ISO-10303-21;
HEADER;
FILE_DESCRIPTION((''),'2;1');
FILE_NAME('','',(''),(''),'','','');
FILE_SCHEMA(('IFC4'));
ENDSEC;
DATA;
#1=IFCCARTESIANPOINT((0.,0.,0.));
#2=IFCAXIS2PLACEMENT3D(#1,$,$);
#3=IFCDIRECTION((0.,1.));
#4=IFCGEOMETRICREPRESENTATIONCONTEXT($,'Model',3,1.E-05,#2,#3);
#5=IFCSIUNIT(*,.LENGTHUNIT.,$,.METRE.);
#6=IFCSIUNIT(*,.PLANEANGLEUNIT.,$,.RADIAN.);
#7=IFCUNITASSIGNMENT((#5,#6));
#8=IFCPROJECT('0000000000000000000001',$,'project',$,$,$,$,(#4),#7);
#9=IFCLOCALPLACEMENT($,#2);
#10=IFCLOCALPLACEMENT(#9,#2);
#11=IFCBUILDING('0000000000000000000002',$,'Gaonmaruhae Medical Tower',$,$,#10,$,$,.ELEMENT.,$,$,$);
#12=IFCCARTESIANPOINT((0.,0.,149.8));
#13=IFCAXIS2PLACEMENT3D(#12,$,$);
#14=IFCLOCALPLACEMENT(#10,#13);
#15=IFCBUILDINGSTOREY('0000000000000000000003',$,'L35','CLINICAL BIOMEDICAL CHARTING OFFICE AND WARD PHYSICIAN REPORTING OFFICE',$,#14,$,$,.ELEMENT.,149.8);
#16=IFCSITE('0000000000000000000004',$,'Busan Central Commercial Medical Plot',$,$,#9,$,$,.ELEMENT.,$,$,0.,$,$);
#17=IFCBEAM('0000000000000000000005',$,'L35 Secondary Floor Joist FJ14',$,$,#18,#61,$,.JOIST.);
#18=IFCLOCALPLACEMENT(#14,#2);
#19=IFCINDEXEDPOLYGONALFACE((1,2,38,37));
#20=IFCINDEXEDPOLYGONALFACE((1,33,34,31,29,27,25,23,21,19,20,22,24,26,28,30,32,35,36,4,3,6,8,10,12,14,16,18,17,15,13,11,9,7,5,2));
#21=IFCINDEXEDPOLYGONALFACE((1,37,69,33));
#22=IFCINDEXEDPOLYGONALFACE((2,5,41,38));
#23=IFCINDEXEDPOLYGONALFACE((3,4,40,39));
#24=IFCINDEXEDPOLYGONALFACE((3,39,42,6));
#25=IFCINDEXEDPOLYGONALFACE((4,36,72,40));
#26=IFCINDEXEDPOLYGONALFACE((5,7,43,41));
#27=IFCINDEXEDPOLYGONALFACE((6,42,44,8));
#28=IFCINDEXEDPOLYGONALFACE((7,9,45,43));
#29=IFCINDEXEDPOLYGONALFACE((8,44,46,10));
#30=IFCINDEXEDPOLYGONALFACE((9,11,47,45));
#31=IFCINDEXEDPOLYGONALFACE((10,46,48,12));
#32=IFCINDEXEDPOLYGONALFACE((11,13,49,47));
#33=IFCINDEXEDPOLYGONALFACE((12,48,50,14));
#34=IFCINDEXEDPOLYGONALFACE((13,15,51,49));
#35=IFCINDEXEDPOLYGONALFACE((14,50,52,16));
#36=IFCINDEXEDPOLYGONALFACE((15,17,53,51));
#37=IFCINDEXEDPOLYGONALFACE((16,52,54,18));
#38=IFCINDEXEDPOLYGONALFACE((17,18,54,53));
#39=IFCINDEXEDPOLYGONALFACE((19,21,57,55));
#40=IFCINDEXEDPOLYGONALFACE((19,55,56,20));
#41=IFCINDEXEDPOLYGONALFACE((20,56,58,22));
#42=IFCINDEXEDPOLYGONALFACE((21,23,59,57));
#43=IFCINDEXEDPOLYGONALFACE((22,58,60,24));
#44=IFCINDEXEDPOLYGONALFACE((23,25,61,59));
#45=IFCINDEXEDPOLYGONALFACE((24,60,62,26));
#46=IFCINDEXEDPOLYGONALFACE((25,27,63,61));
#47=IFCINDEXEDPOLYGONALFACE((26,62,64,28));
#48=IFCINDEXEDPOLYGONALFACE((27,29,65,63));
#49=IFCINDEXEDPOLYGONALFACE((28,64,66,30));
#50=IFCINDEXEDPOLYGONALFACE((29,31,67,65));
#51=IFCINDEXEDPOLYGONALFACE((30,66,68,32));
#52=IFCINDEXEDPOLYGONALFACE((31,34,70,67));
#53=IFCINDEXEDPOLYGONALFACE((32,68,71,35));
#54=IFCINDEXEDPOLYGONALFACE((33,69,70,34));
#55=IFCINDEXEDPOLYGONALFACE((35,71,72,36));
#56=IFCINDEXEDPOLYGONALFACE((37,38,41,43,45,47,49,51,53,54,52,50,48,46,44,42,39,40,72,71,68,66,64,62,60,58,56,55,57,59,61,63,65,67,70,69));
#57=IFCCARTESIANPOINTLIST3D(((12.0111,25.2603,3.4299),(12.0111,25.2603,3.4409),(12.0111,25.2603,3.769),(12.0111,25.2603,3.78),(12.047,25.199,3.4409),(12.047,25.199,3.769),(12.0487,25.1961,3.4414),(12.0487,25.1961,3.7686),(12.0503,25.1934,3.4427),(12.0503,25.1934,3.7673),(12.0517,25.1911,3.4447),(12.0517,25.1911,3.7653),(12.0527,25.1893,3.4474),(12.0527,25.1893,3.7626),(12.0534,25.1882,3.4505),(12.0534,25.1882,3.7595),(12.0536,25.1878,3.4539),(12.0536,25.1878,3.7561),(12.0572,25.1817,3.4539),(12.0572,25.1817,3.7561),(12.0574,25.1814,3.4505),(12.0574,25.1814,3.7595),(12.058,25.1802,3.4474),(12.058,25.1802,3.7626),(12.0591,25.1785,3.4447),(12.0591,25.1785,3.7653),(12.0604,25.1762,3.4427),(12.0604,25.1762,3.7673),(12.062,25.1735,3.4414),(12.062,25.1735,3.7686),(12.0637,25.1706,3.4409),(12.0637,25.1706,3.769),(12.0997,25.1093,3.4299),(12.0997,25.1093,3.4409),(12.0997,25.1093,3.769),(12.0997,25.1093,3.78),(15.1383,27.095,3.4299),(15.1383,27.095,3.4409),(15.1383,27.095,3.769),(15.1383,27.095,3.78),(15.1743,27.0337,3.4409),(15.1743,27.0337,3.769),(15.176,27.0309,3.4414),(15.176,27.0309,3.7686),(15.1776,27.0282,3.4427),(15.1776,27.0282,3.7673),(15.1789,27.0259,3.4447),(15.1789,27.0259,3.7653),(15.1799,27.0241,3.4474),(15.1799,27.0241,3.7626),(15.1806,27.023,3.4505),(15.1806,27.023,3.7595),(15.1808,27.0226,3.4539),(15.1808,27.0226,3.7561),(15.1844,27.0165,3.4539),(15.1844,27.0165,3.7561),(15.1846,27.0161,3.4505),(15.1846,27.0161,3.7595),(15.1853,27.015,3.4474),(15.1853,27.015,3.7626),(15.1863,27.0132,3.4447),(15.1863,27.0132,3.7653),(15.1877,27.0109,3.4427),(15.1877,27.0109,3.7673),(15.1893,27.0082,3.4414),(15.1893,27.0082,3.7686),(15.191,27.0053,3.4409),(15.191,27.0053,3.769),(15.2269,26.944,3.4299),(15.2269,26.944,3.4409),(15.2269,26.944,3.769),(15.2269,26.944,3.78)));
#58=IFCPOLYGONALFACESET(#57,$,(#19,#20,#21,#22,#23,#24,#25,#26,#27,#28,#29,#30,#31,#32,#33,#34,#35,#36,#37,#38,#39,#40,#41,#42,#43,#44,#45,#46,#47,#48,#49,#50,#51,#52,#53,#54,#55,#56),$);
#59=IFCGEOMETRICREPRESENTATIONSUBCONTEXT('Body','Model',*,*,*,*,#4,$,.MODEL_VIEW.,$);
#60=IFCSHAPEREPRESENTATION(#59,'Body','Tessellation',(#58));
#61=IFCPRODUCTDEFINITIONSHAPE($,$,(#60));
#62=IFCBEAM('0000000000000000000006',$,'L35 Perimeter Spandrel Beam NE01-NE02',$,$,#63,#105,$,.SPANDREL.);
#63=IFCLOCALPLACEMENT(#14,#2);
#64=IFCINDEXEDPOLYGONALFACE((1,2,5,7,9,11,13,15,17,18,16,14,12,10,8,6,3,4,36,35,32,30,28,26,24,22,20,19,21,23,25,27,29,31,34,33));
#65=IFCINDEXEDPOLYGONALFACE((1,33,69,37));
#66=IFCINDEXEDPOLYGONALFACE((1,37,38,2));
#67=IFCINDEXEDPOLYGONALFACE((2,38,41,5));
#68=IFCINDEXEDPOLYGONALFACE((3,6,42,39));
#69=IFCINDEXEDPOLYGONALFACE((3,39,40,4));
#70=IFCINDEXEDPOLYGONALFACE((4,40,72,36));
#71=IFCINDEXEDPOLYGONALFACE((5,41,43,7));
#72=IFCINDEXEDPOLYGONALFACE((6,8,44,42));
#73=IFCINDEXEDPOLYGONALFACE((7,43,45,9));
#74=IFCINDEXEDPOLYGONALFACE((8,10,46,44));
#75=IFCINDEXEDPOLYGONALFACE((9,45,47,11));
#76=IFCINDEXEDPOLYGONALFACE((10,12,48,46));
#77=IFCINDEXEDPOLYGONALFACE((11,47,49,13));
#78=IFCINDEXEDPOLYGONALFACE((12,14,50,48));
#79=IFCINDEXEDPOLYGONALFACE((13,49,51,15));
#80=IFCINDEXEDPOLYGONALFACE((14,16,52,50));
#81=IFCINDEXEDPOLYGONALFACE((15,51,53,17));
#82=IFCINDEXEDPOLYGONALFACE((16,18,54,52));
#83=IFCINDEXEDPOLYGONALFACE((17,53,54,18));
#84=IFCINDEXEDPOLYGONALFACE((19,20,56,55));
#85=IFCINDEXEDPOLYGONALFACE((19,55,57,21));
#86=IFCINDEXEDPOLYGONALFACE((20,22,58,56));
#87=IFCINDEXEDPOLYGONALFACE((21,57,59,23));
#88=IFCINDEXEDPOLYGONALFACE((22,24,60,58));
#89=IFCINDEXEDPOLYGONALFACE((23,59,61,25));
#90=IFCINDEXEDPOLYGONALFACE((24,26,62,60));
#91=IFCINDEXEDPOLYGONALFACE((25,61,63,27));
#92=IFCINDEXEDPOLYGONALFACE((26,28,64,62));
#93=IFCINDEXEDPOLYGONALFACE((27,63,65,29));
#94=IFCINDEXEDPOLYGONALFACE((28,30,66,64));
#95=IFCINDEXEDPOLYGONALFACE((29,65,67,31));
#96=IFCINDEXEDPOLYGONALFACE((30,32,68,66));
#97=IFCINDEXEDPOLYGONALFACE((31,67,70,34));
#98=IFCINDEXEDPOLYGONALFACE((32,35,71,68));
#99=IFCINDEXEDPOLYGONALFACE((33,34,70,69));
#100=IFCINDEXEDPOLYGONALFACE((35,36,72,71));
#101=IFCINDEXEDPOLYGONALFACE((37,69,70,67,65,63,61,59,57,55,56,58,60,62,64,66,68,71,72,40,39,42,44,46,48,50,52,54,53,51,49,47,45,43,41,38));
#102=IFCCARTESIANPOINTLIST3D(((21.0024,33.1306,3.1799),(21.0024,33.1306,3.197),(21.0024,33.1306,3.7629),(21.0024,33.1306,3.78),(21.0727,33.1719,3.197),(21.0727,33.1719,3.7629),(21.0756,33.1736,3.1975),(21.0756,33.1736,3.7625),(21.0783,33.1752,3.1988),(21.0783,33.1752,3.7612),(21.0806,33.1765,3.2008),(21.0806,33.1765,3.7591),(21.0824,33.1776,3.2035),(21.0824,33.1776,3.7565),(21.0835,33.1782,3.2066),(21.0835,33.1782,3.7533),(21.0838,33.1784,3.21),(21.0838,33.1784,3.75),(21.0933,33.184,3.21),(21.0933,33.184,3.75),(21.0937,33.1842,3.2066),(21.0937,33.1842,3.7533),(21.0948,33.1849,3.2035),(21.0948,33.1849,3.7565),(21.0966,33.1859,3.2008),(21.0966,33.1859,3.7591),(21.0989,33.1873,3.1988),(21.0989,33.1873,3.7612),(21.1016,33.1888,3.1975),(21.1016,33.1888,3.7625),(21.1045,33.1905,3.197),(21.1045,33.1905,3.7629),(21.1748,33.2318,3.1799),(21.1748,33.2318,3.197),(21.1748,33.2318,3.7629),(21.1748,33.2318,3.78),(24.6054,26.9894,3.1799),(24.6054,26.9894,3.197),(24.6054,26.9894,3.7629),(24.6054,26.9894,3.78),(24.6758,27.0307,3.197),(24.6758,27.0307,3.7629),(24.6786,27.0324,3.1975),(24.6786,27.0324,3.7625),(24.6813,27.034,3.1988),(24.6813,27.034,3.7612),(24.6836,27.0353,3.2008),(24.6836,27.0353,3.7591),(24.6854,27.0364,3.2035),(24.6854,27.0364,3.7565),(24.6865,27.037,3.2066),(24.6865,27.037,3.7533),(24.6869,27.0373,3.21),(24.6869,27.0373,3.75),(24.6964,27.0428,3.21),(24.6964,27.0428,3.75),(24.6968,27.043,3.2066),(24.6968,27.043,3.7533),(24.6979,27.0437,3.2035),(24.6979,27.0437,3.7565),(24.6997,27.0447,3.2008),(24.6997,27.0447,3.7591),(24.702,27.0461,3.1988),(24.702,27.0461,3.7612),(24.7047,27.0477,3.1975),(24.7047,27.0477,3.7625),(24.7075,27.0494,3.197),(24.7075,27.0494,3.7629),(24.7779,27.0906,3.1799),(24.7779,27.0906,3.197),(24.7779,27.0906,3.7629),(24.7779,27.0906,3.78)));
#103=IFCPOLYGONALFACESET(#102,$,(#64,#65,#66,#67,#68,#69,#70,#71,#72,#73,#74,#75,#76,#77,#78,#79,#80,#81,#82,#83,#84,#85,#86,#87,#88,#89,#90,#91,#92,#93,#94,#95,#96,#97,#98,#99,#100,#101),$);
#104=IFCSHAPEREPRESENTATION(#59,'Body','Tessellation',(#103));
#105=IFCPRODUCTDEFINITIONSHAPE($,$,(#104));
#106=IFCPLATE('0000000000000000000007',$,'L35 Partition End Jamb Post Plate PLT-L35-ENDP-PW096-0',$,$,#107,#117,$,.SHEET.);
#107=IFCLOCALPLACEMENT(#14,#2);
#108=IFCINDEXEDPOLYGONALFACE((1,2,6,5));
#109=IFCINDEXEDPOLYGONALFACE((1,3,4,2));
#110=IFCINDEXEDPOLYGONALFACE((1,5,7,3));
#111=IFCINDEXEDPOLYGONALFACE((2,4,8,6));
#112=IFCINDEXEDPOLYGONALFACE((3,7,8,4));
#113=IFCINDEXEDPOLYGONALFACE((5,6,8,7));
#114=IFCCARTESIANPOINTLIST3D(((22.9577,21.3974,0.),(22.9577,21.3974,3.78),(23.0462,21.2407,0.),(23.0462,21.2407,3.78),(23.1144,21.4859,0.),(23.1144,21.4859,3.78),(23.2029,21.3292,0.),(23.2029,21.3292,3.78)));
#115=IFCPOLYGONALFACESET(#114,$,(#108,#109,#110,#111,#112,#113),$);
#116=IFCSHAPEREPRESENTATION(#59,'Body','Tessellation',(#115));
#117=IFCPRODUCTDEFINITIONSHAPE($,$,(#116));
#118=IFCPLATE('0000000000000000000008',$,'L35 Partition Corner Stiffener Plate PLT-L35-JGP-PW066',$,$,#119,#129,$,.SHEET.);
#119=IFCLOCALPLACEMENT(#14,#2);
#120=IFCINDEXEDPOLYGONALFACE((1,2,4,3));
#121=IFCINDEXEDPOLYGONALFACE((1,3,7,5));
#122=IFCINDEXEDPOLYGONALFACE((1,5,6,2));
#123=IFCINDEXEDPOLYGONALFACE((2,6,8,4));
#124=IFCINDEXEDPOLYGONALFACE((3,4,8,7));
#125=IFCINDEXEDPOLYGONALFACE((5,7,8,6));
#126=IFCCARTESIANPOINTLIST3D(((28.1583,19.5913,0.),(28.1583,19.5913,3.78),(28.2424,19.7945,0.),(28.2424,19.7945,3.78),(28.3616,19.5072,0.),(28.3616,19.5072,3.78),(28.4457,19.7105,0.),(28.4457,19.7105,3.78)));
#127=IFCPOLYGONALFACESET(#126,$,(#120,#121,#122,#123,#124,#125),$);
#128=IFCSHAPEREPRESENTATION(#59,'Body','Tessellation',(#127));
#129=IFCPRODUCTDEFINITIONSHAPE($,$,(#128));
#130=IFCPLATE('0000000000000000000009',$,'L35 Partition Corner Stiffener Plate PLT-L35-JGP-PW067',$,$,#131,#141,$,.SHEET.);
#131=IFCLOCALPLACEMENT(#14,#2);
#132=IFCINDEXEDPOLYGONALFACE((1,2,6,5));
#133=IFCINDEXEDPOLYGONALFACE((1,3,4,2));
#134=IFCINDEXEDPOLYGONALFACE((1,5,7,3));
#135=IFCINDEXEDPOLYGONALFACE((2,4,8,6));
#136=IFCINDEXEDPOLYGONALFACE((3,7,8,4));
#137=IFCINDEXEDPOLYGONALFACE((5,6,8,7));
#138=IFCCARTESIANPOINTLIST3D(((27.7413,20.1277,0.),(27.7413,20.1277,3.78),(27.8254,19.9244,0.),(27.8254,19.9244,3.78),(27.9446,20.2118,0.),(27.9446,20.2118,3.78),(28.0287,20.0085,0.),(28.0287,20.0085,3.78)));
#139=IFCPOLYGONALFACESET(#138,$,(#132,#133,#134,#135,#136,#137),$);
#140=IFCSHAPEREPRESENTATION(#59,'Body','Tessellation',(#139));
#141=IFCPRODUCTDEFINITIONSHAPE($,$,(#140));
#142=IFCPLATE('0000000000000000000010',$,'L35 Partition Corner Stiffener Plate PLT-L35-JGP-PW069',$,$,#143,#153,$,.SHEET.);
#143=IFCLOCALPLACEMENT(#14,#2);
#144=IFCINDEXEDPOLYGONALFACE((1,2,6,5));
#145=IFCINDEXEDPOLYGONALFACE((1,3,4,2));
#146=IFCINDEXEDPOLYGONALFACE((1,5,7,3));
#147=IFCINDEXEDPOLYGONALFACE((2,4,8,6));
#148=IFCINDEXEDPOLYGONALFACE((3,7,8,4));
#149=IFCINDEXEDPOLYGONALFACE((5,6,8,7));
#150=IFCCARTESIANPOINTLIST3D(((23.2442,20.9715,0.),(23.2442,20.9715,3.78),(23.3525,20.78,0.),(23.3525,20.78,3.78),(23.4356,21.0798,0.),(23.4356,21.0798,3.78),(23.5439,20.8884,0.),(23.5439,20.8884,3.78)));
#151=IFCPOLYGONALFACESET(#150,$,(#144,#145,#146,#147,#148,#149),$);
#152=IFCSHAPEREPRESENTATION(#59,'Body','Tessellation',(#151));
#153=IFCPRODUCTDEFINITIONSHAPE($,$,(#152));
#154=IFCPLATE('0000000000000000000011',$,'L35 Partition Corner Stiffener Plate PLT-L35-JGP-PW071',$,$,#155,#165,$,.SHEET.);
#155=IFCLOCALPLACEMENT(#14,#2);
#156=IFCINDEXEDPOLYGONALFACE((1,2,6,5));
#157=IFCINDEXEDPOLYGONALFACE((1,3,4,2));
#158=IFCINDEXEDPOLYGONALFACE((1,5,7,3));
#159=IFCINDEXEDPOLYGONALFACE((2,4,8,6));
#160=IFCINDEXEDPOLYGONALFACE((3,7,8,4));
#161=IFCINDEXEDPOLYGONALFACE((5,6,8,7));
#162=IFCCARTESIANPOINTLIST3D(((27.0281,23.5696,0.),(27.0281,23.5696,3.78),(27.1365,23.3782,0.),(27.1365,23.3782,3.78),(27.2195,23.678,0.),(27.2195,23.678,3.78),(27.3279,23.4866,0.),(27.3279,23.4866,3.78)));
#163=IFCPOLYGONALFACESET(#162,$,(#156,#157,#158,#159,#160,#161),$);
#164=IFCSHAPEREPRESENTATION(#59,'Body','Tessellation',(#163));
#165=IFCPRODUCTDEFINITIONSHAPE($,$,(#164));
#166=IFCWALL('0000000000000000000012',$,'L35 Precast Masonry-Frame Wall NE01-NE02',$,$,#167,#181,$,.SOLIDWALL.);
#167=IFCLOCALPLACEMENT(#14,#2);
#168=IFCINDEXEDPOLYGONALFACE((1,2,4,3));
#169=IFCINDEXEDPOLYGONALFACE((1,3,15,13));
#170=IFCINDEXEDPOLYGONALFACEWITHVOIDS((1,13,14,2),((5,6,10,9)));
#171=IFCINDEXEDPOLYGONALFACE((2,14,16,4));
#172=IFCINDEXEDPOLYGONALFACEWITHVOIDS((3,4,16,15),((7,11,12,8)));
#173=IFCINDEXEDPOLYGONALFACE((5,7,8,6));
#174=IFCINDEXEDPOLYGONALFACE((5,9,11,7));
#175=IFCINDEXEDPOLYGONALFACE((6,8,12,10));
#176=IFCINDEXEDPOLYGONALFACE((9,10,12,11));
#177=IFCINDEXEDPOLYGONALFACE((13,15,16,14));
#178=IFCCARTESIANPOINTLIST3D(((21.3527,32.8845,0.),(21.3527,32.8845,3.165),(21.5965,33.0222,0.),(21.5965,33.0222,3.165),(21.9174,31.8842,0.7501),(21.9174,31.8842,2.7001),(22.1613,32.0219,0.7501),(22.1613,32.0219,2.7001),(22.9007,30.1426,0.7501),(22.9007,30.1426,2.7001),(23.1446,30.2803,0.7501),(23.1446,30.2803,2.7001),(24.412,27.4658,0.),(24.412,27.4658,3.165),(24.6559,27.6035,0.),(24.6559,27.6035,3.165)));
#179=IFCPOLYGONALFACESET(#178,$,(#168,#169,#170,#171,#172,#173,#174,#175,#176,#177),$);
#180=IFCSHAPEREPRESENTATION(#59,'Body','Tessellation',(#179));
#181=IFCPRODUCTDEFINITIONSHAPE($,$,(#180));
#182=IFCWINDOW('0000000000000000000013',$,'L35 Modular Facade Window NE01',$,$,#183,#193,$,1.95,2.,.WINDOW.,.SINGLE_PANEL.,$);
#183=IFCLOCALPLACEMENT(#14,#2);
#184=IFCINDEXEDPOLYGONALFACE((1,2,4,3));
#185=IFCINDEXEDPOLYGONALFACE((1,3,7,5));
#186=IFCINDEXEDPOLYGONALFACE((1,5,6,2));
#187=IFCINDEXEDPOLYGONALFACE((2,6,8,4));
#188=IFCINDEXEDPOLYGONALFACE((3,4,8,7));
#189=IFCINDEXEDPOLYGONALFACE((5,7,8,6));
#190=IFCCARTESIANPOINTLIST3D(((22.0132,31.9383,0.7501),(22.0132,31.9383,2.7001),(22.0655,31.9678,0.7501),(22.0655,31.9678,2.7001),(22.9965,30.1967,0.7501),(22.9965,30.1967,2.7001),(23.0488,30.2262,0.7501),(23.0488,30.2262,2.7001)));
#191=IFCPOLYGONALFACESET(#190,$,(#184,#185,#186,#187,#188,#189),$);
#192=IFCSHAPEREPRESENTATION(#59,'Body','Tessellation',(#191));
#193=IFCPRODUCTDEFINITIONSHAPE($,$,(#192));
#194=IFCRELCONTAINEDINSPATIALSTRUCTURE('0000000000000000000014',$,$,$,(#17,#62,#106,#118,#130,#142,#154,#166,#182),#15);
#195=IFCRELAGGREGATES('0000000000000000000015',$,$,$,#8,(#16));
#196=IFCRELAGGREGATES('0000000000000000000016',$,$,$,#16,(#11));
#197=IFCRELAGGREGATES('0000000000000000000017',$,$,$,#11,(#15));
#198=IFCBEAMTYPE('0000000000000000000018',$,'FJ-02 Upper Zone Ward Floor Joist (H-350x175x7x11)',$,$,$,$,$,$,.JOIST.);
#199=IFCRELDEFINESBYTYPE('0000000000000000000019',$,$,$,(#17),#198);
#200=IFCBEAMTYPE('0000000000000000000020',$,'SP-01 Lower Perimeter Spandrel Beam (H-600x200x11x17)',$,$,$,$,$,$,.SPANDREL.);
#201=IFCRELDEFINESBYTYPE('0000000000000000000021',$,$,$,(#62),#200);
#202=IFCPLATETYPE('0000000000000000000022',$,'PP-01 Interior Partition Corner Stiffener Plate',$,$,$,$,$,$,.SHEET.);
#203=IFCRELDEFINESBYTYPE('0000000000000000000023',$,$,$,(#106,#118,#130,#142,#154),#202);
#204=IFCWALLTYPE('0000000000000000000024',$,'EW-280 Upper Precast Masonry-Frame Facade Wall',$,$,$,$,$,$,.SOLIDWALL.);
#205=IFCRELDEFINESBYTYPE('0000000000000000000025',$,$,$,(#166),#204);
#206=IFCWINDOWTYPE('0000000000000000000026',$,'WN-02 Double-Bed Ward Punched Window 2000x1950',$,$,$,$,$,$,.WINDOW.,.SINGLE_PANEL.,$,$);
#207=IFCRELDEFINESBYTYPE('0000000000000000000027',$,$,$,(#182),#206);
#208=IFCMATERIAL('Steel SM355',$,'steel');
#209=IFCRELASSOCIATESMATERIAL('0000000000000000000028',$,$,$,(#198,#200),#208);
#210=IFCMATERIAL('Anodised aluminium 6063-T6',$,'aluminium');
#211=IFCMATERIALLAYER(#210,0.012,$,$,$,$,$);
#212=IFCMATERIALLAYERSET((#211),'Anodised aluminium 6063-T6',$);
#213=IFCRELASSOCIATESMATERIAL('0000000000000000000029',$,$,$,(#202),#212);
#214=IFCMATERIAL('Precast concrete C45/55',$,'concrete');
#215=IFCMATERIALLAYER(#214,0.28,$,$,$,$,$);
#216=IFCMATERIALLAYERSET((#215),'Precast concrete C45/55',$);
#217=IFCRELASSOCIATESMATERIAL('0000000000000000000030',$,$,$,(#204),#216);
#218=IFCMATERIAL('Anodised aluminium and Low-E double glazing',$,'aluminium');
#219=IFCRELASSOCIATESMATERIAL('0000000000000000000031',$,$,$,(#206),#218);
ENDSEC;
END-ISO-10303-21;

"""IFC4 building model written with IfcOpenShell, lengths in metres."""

from ifc_helpers import new_model, si_unit, direction, frame, frame_2d, origin, origin_2d, place, context, subcontext, project, spatial, rectangle, i_section, extrude, material, layer, layer_set, material_profile, profile_set, type_object, element, fill, save


model = new_model("IFC4")

# Units and contexts
model_context = context("Model", 3, precision=1e-05, world=origin(), true_north=direction((0.0, 1.0)))
body_context = subcontext(model_context, "Body", "Model", "MODEL_VIEW")
ifc_project = project(units=[si_unit("LENGTHUNIT", "METRE"), si_unit("PLANEANGLEUNIT", "RADIAN")], contexts=[model_context])

# Site, building, storey
site_placement = place(None, origin())
site = spatial("IfcSite", under=ifc_project, at=site_placement, Name="Busan Central Commercial Medical Plot", CompositionType="ELEMENT", RefElevation=0.0)
building_placement = place(site_placement, origin())
building = spatial("IfcBuilding", under=site, at=building_placement, Name="Gaonmaruhae Medical Tower", CompositionType="ELEMENT")
storey_placement = place(building_placement, frame((0.0, 0.0, 149.8)))
storey = spatial("IfcBuildingStorey", under=building, at=storey_placement, Name="L35", Description="CLINICAL BIOMEDICAL CHARTING OFFICE AND WARD PHYSICIAN REPORTING OFFICE", CompositionType="ELEMENT", Elevation=149.8)

# Beams
ifc_material_1 = material(Name="Steel SM355", Category="steel")
ifc_material_profile_1 = material_profile(ifc_material_1, i_section(OverallWidth=0.175, OverallDepth=0.3501, WebThickness=0.0071, FlangeThickness=0.011, FilletRadius=0.0129, at=origin_2d()), Name="H-350x175x7x11")
ifc_profile_set_1 = profile_set([ifc_material_profile_1], Name="Steel SM355")
beam_type_1 = type_object("IfcBeamType", Name="FJ-02 Upper Zone Ward Floor Joist (H-350x175x7x11)", PredefinedType="JOIST", material=ifc_profile_set_1)
beam_1_placement = place(storey_placement, frame((15.1826, 27.0195, 3.605), z_axis=(-0.862514, -0.506034, 0.0), x_axis=(0.506034, -0.862514, 0.0)))
element("IfcBeam", 1, at=beam_1_placement, inside=storey, type_object=beam_type_1, Name="L35 Secondary Floor Joist FJ14", PredefinedType="JOIST", context=body_context, shape_type="SweptSolid", body=[
    extrude(i_section(OverallWidth=0.175, OverallDepth=0.3501, WebThickness=0.0071, FlangeThickness=0.011, FilletRadius=0.0129, at=origin_2d()), origin(), (0.0, 0.0, 1.0), 3.6257),
])
ifc_material_profile_2 = material_profile(ifc_material_1, i_section(OverallWidth=0.2, OverallDepth=0.6001, WebThickness=0.011, FlangeThickness=0.0171, FilletRadius=0.0129, at=origin_2d()), Name="H-600x200x11x17")
ifc_profile_set_2 = profile_set([ifc_material_profile_2], Name="Steel SM355")
beam_type_2 = type_object("IfcBeamType", Name="SP-01 Lower Perimeter Spandrel Beam (H-600x200x11x17)", PredefinedType="SPANDREL", material=ifc_profile_set_2)
beam_2_placement = place(storey_placement, frame((24.6917, 27.04, 3.48), z_axis=(-0.50604, 0.86251, 0.0), x_axis=(-0.86251, -0.50604, 0.0)))
element("IfcBeam", 2, at=beam_2_placement, inside=storey, type_object=beam_type_2, Name="L35 Perimeter Spandrel Beam NE01-NE02", PredefinedType="SPANDREL", context=body_context, shape_type="SweptSolid", body=[
    extrude(i_section(OverallWidth=0.2, OverallDepth=0.6001, WebThickness=0.011, FlangeThickness=0.0171, FilletRadius=0.0129, at=origin_2d()), origin(), (0.0, 0.0, 1.0), 7.1201),
])

# Plates
ifc_material_2 = material(Name="Anodised aluminium 6063-T6", Category="aluminium")
ifc_layer_1 = layer(ifc_material_2, 0.012)
ifc_layer_set_1 = layer_set([ifc_layer_1], Name="Anodised aluminium 6063-T6")
plate_type = type_object("IfcPlateType", Name="PP-01 Interior Partition Corner Stiffener Plate", PredefinedType="SHEET", material=ifc_layer_set_1)
plate_placement = place(storey_placement, frame((23.0803, 21.3633, 0.0), z_axis=(0.0, 0.0, 1.0), x_axis=(-0.491694, 0.870768, 0.0)))
element("IfcPlate", 3, at=plate_placement, inside=storey, type_object=plate_type, Name="L35 Partition End Jamb Post Plate PLT-L35-ENDP-PW096-0", PredefinedType="SHEET", context=body_context, shape_type="SweptSolid", body=[
    extrude(rectangle(XDim=0.1799, YDim=0.1799, at=origin_2d()), origin(), (0.0, 0.0, 1.0), 3.78),
])
for number, where, z_axis, x_axis, name in (
    (4, (28.302, 19.6509, 0.0), (0.0, 0.0, 1.0), (-0.924093, 0.382167, 0.0), "L35 Partition Corner Stiffener Plate PLT-L35-JGP-PW066"),
    (5, (27.885, 20.0681, 0.0), (0.0, 0.0, 1.0), (-0.382167, 0.924093, 0.0), "L35 Partition Corner Stiffener Plate PLT-L35-JGP-PW067"),
    (6, (23.394, 20.9299, 0.0), (0.0, 0.0, 1.0), (-0.492378, 0.870381, 0.0), "L35 Partition Corner Stiffener Plate PLT-L35-JGP-PW069"),
    (7, (27.178, 23.5281, 0.0), (0.0, 0.0, 1.0), (0.870218, 0.492667, 0.0), "L35 Partition Corner Stiffener Plate PLT-L35-JGP-PW071"),
):
    element("IfcPlate", number, at=place(storey_placement, frame(where, z_axis=z_axis, x_axis=x_axis)), inside=storey, type_object=plate_type, Name=name, PredefinedType="SHEET", context=body_context, shape_type="SweptSolid", body=[
        extrude(rectangle(XDim=0.22, YDim=0.22, at=origin_2d()), origin(), (0.0, 0.0, 1.0), 3.78),
    ])

# Wall, opening, window
ifc_material_3 = material(Name="Precast concrete C45/55", Category="concrete")
ifc_layer_2 = layer(ifc_material_3, 0.28)
ifc_layer_set_2 = layer_set([ifc_layer_2], Name="Precast concrete C45/55")
wall_type_1 = type_object("IfcWallType", Name="EW-280 Upper Precast Masonry-Frame Facade Wall", PredefinedType="SOLIDWALL", material=ifc_layer_set_2)
wall_1_placement = place(storey_placement, frame((24.5339, 27.5347, 0.0), z_axis=(0.0, 0.0, 1.0), x_axis=(-0.491641, 0.870798, 0.0)))
wall_1 = element("IfcWall", 8, at=wall_1_placement, inside=storey, type_object=wall_type_1, Name="L35 Precast Masonry-Frame Wall NE01-NE02", PredefinedType="SOLIDWALL", context=body_context, shape_type="SweptSolid", body=[
    extrude(rectangle(XDim=6.2227, YDim=0.28, at=frame_2d((3.1113, 0.0))), origin(), (0.0, 0.0, 1.0), 3.165),
])
opening_1_placement = place(wall_1_placement, frame((3.074, 0.0, 0.75)))
opening_1 = element("IfcOpeningElement", 9, at=opening_1_placement, cuts=wall_1, PredefinedType="OPENING", context=body_context, shape_type="SweptSolid", body=[
    extrude(rectangle(XDim=2.0, YDim=1.95, at=frame_2d((1.0, 0.9751))), frame((0.0, 0.1499, 0.0), z_axis=(0.0, -1.0, 0.0), x_axis=(1.0, 0.0, 0.0)), (0.0, 0.0, 1.0), 0.3),
])
ifc_material_4 = material(Name="Anodised aluminium and Low-E double glazing", Category="aluminium")
window_type = type_object("IfcWindowType", Name="WN-02 Double-Bed Ward Punched Window 2000x1950", PartitioningType="SINGLE_PANEL", PredefinedType="WINDOW", material=ifc_material_4)
window_placement = place(opening_1_placement, origin())
window = element("IfcWindow", 10, at=window_placement, inside=storey, type_object=window_type, Name="L35 Modular Facade Window NE01", OverallHeight=1.95, OverallWidth=2.0, PartitioningType="SINGLE_PANEL", PredefinedType="WINDOW", context=body_context, shape_type="SweptSolid", body=[
    extrude(rectangle(XDim=2.0, YDim=1.95, at=frame_2d((1.0, 0.9751))), frame((0.0, 0.03, 0.0), z_axis=(0.0, -1.0, 0.0), x_axis=(1.0, 0.0, 0.0)), (0.0, 0.0, 1.0), 0.0601),
])
fill(opening_1, window)

save(model, "model.ifc")
